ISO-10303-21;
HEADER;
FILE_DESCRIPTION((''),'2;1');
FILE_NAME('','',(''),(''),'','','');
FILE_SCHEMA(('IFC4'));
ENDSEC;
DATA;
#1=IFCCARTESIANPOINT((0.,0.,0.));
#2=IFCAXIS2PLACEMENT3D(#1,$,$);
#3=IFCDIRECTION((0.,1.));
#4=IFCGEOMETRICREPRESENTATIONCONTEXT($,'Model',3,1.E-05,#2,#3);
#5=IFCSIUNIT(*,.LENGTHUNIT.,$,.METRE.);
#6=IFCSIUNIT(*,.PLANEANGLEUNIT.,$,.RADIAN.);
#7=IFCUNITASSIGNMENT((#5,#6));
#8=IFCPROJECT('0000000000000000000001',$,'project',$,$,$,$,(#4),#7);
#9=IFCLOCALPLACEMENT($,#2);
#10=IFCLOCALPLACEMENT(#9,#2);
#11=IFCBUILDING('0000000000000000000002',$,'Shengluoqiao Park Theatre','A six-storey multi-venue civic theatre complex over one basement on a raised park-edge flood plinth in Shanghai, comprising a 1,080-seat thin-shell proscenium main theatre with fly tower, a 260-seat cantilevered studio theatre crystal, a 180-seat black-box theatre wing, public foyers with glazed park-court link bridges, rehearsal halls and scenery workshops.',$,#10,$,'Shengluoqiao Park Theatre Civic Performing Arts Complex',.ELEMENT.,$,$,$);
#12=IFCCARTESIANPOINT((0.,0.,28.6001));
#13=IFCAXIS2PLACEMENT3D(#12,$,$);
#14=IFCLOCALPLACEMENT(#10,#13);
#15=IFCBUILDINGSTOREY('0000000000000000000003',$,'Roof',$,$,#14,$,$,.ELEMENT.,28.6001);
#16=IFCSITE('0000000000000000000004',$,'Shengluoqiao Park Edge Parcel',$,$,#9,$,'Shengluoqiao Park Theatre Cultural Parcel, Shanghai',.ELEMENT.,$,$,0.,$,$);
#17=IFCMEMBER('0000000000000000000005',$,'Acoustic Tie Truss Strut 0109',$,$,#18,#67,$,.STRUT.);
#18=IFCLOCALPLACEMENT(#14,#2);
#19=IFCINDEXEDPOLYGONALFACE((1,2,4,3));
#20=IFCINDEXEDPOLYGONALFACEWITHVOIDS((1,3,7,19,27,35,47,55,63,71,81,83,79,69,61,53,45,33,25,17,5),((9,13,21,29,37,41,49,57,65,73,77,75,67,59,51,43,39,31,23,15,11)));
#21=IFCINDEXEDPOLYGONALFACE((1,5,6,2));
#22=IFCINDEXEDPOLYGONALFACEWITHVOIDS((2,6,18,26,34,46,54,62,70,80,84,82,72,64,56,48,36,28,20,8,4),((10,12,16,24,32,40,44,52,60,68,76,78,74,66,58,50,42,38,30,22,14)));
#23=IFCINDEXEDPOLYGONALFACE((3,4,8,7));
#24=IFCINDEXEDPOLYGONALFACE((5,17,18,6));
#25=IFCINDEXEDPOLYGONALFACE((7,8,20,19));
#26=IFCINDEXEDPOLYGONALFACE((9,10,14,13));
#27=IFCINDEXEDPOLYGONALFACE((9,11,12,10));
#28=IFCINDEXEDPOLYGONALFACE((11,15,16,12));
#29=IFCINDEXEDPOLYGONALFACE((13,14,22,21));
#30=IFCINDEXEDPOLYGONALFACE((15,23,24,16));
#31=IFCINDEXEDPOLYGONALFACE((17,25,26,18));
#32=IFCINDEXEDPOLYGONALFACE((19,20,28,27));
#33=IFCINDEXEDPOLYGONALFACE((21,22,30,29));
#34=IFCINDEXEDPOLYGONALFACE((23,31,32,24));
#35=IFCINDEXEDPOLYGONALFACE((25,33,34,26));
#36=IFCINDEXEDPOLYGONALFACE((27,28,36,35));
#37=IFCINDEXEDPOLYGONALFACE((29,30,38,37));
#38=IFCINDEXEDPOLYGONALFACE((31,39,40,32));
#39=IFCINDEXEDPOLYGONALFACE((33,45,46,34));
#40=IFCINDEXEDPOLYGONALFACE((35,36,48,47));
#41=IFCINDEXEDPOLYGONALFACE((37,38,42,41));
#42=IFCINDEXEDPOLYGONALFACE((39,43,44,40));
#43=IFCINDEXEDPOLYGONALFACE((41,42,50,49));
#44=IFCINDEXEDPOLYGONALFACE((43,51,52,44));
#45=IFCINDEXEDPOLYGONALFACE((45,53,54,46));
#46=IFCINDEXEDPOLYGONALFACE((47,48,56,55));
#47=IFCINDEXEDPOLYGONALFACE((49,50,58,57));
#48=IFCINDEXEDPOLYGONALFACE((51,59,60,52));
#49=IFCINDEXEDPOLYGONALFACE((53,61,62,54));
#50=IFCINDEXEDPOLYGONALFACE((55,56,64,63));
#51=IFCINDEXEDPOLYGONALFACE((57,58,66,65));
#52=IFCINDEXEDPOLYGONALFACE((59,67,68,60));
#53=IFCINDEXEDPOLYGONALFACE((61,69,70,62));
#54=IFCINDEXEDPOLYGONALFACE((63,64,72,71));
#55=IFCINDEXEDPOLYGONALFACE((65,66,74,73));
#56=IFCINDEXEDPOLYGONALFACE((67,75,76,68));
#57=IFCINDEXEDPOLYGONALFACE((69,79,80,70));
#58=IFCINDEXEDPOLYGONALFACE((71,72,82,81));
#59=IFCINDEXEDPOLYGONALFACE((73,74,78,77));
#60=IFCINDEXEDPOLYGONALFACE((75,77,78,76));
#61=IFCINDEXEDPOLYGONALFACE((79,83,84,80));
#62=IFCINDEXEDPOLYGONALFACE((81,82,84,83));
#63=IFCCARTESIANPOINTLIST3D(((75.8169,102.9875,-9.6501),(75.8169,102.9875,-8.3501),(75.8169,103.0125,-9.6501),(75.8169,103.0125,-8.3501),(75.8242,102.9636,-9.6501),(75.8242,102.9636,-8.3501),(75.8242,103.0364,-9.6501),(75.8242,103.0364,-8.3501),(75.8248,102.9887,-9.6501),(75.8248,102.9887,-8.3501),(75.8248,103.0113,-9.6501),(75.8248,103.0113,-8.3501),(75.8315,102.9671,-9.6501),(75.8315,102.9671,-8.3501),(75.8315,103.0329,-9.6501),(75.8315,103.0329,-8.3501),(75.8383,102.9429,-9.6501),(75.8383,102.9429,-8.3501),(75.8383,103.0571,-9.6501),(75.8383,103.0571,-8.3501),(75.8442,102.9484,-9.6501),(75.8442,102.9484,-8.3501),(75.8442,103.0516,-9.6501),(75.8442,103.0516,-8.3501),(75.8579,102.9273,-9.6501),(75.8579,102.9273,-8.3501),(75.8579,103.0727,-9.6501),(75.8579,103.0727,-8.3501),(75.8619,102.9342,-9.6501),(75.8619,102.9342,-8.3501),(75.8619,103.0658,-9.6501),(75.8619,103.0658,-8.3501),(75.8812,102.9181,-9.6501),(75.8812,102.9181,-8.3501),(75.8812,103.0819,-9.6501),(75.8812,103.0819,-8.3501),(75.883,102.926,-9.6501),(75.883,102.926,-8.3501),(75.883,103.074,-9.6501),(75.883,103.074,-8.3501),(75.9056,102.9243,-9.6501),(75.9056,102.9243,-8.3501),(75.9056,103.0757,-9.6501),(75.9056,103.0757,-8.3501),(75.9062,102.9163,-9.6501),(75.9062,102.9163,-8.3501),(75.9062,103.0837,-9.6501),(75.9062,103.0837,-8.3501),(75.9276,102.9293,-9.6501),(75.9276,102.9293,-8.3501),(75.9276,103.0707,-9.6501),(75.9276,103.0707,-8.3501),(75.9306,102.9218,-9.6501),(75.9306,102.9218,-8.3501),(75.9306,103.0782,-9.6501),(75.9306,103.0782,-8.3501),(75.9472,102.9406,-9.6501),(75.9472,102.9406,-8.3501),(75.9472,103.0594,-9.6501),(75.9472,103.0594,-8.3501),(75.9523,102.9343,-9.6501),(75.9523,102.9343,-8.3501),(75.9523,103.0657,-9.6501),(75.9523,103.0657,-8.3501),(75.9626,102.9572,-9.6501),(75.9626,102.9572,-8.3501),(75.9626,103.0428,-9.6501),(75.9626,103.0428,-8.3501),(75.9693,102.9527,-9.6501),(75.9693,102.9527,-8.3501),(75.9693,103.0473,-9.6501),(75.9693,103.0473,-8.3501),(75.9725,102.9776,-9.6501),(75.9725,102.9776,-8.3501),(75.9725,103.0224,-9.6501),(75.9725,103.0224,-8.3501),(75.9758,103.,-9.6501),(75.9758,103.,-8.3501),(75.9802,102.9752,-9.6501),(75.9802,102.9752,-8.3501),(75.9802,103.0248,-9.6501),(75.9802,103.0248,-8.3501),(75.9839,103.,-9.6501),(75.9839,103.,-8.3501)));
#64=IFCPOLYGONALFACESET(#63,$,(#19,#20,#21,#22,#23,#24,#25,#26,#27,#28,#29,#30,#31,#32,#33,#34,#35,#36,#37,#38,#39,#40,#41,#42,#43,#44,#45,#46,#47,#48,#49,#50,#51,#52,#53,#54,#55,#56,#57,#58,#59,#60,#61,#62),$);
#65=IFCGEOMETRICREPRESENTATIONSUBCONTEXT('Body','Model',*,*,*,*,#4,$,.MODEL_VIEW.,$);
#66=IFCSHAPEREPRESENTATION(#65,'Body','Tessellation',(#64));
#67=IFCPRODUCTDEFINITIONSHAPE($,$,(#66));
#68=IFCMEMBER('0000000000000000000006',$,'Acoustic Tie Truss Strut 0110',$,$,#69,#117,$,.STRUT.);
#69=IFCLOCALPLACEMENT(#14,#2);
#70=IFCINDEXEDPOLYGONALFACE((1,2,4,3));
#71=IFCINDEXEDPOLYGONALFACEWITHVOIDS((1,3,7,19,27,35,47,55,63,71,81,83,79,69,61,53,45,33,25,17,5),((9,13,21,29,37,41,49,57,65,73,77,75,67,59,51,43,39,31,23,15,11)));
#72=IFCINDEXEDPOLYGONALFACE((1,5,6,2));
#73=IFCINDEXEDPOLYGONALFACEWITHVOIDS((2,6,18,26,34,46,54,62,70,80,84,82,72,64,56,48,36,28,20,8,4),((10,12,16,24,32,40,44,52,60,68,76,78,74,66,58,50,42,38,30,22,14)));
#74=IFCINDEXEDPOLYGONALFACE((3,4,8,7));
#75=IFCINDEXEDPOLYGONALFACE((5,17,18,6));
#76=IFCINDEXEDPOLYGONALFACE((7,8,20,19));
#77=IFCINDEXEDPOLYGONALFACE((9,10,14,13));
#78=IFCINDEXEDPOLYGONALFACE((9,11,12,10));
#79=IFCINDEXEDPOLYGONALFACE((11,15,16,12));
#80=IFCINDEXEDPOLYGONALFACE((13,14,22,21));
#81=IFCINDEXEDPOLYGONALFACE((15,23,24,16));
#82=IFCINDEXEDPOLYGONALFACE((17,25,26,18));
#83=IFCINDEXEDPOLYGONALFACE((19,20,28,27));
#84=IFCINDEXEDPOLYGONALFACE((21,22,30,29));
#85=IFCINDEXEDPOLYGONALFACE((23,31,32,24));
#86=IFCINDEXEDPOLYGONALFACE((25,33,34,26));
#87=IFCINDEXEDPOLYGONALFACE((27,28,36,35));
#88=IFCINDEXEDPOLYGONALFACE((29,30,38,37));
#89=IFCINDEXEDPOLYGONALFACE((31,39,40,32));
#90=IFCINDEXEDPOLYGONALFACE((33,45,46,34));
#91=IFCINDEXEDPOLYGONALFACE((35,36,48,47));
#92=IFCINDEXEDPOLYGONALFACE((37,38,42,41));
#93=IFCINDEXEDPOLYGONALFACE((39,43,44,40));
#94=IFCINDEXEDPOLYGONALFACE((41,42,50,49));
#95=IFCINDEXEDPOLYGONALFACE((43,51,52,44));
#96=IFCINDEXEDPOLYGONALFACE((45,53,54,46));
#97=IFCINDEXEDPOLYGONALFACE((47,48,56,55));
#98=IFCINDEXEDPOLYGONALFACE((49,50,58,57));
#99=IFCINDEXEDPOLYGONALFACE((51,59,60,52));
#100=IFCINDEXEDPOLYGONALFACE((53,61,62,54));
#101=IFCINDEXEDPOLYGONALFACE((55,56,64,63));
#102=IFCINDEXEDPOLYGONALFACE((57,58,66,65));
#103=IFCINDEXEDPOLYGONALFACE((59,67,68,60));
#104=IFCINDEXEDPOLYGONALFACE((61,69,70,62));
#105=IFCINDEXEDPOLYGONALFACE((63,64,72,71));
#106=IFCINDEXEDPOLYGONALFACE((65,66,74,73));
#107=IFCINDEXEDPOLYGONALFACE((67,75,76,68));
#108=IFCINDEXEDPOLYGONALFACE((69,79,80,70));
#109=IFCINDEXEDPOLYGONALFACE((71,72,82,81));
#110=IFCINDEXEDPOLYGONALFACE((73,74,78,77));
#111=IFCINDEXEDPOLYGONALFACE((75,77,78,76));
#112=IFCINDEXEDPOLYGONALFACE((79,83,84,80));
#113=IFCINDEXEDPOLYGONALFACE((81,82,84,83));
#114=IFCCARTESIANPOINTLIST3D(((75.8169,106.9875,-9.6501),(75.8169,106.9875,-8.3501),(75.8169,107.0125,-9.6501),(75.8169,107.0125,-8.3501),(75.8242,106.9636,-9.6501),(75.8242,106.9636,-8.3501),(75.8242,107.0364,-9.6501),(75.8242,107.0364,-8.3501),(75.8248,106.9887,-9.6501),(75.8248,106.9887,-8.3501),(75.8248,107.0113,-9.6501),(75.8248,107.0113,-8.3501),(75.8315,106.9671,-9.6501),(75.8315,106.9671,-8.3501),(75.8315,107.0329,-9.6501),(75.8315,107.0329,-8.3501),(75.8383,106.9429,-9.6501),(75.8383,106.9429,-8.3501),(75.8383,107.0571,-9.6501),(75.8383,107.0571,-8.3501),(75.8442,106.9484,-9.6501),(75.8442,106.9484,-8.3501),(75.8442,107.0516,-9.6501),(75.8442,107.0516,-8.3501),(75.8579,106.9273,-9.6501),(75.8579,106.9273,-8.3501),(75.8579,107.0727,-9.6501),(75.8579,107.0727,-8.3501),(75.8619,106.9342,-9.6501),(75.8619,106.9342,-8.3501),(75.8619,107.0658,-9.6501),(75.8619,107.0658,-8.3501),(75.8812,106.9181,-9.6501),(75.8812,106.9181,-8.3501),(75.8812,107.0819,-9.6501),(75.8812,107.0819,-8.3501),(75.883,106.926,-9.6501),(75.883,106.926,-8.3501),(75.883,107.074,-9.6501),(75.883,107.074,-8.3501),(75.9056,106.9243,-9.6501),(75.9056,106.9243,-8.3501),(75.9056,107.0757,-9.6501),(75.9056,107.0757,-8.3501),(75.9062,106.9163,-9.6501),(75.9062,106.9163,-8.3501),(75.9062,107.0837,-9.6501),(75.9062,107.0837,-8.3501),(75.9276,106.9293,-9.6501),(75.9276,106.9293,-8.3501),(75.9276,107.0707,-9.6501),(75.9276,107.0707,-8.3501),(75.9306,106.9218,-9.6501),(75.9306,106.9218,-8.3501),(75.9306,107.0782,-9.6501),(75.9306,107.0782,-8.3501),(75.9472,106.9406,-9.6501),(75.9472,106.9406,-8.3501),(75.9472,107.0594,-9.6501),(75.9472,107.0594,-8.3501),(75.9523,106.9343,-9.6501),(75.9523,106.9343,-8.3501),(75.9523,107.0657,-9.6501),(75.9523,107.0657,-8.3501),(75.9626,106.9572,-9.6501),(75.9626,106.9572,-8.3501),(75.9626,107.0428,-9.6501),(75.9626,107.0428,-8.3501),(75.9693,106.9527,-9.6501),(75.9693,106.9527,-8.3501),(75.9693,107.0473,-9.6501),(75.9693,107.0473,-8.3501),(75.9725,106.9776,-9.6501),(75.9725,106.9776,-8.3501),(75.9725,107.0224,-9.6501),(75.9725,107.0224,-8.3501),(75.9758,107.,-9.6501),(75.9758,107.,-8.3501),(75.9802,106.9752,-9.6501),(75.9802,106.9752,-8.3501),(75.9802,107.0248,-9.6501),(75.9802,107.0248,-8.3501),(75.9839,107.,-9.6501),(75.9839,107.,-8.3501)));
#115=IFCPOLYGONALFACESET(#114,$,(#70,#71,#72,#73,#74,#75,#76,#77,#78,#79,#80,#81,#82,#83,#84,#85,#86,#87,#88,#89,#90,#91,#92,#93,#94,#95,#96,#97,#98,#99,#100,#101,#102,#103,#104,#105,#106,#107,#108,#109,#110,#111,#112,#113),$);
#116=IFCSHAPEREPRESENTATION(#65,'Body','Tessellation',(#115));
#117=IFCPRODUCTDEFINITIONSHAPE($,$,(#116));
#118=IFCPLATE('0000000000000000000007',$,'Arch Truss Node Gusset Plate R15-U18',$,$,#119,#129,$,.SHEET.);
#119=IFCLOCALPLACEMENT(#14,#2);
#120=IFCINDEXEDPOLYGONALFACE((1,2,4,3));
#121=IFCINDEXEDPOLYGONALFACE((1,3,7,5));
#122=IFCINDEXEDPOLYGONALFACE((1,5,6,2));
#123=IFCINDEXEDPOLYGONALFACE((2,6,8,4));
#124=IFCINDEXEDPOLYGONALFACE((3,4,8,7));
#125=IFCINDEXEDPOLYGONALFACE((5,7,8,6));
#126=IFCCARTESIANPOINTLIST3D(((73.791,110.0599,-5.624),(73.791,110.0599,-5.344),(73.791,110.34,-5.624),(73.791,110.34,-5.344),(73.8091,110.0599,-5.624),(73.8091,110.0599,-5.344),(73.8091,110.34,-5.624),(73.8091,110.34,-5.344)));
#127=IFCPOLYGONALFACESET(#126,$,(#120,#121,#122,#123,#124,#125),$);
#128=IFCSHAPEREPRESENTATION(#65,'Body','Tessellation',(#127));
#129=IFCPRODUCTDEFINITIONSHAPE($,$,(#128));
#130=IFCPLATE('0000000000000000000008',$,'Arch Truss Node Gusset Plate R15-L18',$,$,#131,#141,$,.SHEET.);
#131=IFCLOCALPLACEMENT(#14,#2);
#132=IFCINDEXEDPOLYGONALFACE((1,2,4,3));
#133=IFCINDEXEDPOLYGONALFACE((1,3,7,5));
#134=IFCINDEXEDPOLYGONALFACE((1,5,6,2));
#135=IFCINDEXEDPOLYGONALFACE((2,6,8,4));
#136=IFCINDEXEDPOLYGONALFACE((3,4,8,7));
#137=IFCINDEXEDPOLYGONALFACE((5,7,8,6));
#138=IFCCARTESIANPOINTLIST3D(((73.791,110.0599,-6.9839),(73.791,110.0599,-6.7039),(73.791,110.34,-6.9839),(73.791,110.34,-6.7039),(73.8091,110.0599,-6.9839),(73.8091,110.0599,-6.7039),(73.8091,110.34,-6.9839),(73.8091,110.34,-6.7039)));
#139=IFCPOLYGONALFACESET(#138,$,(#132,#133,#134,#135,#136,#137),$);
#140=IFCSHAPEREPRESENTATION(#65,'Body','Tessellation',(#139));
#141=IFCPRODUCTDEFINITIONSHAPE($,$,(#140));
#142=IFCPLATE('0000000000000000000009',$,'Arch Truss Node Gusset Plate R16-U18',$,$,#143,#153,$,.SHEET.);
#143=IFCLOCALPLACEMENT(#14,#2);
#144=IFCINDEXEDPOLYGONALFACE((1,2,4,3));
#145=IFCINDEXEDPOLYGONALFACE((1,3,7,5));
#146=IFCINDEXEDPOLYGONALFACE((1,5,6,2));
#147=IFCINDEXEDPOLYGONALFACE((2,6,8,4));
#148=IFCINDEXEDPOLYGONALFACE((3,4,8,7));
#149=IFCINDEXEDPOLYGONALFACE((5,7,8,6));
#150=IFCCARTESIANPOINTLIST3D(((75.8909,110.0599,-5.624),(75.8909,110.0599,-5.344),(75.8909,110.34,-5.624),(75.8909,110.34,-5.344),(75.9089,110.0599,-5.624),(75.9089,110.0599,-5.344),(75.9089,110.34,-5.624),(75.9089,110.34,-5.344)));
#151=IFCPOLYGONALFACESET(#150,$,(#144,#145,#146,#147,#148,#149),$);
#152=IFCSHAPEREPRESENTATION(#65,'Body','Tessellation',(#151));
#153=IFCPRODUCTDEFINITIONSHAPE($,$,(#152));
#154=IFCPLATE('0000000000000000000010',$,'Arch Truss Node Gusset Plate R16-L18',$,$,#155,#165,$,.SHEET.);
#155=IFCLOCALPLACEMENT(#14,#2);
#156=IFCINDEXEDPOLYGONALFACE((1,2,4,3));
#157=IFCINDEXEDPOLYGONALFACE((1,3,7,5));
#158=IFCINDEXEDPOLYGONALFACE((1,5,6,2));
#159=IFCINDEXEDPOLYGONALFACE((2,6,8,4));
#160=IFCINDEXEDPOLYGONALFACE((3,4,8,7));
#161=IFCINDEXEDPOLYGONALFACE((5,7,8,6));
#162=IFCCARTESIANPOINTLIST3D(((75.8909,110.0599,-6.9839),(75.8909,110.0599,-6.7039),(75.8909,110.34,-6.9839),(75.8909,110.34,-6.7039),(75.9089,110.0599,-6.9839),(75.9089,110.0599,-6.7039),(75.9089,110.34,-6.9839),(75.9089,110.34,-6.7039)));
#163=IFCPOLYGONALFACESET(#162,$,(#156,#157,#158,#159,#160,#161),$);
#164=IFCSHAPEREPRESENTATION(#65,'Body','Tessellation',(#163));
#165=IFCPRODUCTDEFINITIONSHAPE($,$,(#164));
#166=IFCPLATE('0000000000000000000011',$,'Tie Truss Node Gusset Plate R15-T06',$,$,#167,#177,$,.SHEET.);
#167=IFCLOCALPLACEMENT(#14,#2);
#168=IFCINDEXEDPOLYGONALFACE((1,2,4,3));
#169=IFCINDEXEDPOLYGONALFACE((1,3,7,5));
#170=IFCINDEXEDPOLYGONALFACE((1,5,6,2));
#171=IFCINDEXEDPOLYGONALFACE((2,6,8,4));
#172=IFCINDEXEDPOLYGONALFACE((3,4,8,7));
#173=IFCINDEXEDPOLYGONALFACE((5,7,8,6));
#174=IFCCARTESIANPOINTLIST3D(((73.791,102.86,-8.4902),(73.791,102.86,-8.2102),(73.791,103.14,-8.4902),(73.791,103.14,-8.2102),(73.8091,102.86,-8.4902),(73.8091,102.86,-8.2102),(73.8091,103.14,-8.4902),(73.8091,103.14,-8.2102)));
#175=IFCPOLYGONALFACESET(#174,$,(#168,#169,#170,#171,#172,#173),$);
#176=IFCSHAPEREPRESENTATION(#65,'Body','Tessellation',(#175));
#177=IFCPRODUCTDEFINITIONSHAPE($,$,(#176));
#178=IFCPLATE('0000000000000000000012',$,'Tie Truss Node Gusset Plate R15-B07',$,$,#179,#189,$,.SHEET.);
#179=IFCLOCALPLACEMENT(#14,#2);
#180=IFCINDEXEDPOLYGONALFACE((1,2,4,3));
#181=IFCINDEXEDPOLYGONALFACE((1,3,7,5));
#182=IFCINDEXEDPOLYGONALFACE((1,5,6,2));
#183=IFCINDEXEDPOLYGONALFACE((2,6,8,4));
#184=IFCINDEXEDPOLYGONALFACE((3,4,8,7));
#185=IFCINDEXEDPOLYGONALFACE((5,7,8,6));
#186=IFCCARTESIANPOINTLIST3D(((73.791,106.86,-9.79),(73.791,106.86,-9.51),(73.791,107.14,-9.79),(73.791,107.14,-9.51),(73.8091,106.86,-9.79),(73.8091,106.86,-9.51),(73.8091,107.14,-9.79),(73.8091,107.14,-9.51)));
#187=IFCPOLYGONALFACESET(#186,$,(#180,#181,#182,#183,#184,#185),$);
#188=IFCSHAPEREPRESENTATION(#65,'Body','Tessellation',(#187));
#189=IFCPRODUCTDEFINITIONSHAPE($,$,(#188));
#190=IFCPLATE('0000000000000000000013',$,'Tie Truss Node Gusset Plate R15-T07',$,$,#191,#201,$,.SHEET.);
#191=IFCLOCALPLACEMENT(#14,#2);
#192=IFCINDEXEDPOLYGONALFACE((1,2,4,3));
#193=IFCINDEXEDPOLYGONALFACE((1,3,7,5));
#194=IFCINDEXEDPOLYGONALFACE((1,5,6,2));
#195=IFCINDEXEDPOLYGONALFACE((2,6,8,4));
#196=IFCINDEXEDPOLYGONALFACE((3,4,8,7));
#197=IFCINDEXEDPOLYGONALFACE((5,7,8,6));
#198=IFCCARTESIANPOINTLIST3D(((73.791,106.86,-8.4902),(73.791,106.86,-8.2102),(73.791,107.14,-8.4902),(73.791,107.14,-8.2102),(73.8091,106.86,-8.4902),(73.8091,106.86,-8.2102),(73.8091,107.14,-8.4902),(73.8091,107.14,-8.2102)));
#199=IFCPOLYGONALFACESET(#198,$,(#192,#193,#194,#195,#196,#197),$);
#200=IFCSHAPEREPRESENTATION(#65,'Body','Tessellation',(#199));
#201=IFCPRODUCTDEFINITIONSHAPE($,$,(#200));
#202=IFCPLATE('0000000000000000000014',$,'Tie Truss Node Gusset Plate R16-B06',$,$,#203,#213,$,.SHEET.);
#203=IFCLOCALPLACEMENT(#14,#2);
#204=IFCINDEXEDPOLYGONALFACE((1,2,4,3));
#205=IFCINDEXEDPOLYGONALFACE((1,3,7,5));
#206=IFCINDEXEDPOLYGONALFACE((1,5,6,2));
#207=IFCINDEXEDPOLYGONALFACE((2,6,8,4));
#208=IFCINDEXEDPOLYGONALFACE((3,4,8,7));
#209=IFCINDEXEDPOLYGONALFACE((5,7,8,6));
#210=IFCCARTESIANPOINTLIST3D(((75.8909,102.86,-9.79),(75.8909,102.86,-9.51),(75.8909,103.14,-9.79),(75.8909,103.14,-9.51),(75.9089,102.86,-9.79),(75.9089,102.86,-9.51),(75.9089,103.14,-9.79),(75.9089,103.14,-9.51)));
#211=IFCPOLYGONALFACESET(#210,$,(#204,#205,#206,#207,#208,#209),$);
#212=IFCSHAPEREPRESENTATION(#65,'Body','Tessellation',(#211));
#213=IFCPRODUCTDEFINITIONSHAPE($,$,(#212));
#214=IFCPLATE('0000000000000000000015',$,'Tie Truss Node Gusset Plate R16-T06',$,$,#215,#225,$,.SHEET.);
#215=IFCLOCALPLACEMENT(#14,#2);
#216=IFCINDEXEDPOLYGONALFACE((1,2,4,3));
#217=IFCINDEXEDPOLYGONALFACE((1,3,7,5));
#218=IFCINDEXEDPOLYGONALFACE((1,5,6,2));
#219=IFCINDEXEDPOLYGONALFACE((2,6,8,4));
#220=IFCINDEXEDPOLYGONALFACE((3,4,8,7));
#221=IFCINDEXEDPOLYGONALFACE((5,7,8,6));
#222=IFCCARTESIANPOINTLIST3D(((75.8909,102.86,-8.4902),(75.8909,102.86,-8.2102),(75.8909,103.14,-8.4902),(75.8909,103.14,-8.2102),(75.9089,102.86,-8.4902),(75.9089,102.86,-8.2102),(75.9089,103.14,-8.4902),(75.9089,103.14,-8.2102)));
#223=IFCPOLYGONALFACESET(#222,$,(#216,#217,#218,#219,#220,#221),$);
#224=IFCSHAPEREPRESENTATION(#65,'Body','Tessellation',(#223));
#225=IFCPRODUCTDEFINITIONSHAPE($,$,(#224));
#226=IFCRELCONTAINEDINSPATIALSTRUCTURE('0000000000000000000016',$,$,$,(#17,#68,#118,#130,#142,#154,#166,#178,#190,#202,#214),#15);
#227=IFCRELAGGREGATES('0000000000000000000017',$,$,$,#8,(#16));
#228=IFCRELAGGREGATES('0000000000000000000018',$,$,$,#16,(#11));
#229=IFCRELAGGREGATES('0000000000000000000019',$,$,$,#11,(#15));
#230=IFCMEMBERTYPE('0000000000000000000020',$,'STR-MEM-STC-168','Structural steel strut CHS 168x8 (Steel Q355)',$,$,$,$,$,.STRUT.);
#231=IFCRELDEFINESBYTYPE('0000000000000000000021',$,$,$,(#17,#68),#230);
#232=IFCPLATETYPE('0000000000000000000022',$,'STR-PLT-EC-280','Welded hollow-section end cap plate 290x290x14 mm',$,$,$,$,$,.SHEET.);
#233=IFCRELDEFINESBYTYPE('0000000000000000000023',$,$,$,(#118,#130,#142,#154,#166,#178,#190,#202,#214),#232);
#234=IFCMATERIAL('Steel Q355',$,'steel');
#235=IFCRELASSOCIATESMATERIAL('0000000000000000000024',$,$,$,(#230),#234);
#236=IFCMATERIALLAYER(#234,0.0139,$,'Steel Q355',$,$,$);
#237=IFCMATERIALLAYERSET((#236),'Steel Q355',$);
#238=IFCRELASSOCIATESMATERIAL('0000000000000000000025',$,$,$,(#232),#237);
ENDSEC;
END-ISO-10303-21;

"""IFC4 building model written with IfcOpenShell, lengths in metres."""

from ifc_helpers import new_model, si_unit, direction, frame, origin, origin_2d, place, context, subcontext, project, spatial, rectangle, hollow_circle, extrude, material, layer, layer_set, material_profile, profile_set, type_object, element, save


model = new_model("IFC4")

# Units and contexts
model_context = context("Model", 3, precision=1e-05, world=origin(), true_north=direction((0.0, 1.0)))
body_context = subcontext(model_context, "Body", "Model", "MODEL_VIEW")
ifc_project = project(units=[si_unit("LENGTHUNIT", "METRE"), si_unit("PLANEANGLEUNIT", "RADIAN")], contexts=[model_context])

# Site, building, storey
site_placement = place(None, origin())
site = spatial("IfcSite", under=ifc_project, at=site_placement, Name="Shengluoqiao Park Edge Parcel", LongName="Shengluoqiao Park Theatre Cultural Parcel, Shanghai", CompositionType="ELEMENT", RefElevation=0.0)
building_placement = place(site_placement, origin())
building = spatial("IfcBuilding", under=site, at=building_placement, Name="Shengluoqiao Park Theatre", Description="A six-storey multi-venue civic theatre complex over one basement on a raised park-edge flood plinth in Shanghai, comprising a 1,080-seat thin-shell proscenium main theatre with fly tower, a 260-seat cantilevered studio theatre crystal, a 180-seat black-box theatre wing, public foyers with glazed park-court link bridges, rehearsal halls and scenery workshops.", LongName="Shengluoqiao Park Theatre Civic Performing Arts Complex", CompositionType="ELEMENT")
storey_placement = place(building_placement, frame((0.0, 0.0, 28.6001)))
storey = spatial("IfcBuildingStorey", under=building, at=storey_placement, Name="Roof", CompositionType="ELEMENT", Elevation=28.6001)

# Shared definitions
ifc_material_1 = material(Name="Steel Q355", Category="steel")

# Members
ifc_material_profile_1 = material_profile(ifc_material_1, hollow_circle(Radius=0.084, WallThickness=0.0081, at=origin_2d()), Name="CHS 168x8")
ifc_profile_set_1 = profile_set([ifc_material_profile_1], Name="Steel Q355")
member_type_1 = type_object("IfcMemberType", Name="STR-MEM-STC-168", Description="Structural steel strut CHS 168x8 (Steel Q355)", PredefinedType="STRUT", material=ifc_profile_set_1)
for number, where, z_axis, x_axis, name in (
    (1, (75.8999, 103.0, -9.6501), (0.0, 0.0, 1.0), (1.0, 0.0, 0.0), "Acoustic Tie Truss Strut 0109"),
    (2, (75.8999, 107.0, -9.6501), (0.0, 0.0, 1.0), (1.0, 0.0, 0.0), "Acoustic Tie Truss Strut 0110"),
):
    element("IfcMember", number, at=place(storey_placement, frame(where, z_axis=z_axis, x_axis=x_axis)), inside=storey, type_object=member_type_1, Name=name, PredefinedType="STRUT", context=body_context, shape_type="SweptSolid", body=[
        extrude(hollow_circle(Radius=0.084, WallThickness=0.0081, at=origin_2d()), origin(), (0.0, 0.0, 1.0), 1.3),
    ])

# Plates
ifc_layer = layer(ifc_material_1, 0.0139, Name="Steel Q355")
ifc_layer_set = layer_set([ifc_layer], Name="Steel Q355")
plate_type = type_object("IfcPlateType", Name="STR-PLT-EC-280", Description="Welded hollow-section end cap plate 290x290x14 mm", PredefinedType="SHEET", material=ifc_layer_set)
for number, where, z_axis, x_axis, name in (
    (3, (73.8, 110.2, -5.624), (0.0, 0.0, 1.0), (1.0, 0.0, 0.0), "Arch Truss Node Gusset Plate R15-U18"),
    (4, (73.8, 110.2, -6.9839), (0.0, 0.0, 1.0), (1.0, 0.0, 0.0), "Arch Truss Node Gusset Plate R15-L18"),
    (5, (75.8999, 110.2, -5.624), (0.0, 0.0, 1.0), (1.0, 0.0, 0.0), "Arch Truss Node Gusset Plate R16-U18"),
    (6, (75.8999, 110.2, -6.9839), (0.0, 0.0, 1.0), (1.0, 0.0, 0.0), "Arch Truss Node Gusset Plate R16-L18"),
    (7, (73.8, 103.0, -8.4902), (0.0, 0.0, 1.0), (1.0, 0.0, 0.0), "Tie Truss Node Gusset Plate R15-T06"),
    (8, (73.8, 107.0, -9.79), (0.0, 0.0, 1.0), (1.0, 0.0, 0.0), "Tie Truss Node Gusset Plate R15-B07"),
    (9, (73.8, 107.0, -8.4902), (0.0, 0.0, 1.0), (1.0, 0.0, 0.0), "Tie Truss Node Gusset Plate R15-T07"),
    (10, (75.8999, 103.0, -9.79), (0.0, 0.0, 1.0), (1.0, 0.0, 0.0), "Tie Truss Node Gusset Plate R16-B06"),
    (11, (75.8999, 103.0, -8.4902), (0.0, 0.0, 1.0), (1.0, 0.0, 0.0), "Tie Truss Node Gusset Plate R16-T06"),
):
    element("IfcPlate", number, at=place(storey_placement, frame(where, z_axis=z_axis, x_axis=x_axis)), inside=storey, type_object=plate_type, Name=name, PredefinedType="SHEET", context=body_context, shape_type="SweptSolid", body=[
        extrude(rectangle(XDim=0.0181, YDim=0.28, at=origin_2d()), origin(), (0.0, 0.0, 1.0), 0.28),
    ])

save(model, "model.ifc")
